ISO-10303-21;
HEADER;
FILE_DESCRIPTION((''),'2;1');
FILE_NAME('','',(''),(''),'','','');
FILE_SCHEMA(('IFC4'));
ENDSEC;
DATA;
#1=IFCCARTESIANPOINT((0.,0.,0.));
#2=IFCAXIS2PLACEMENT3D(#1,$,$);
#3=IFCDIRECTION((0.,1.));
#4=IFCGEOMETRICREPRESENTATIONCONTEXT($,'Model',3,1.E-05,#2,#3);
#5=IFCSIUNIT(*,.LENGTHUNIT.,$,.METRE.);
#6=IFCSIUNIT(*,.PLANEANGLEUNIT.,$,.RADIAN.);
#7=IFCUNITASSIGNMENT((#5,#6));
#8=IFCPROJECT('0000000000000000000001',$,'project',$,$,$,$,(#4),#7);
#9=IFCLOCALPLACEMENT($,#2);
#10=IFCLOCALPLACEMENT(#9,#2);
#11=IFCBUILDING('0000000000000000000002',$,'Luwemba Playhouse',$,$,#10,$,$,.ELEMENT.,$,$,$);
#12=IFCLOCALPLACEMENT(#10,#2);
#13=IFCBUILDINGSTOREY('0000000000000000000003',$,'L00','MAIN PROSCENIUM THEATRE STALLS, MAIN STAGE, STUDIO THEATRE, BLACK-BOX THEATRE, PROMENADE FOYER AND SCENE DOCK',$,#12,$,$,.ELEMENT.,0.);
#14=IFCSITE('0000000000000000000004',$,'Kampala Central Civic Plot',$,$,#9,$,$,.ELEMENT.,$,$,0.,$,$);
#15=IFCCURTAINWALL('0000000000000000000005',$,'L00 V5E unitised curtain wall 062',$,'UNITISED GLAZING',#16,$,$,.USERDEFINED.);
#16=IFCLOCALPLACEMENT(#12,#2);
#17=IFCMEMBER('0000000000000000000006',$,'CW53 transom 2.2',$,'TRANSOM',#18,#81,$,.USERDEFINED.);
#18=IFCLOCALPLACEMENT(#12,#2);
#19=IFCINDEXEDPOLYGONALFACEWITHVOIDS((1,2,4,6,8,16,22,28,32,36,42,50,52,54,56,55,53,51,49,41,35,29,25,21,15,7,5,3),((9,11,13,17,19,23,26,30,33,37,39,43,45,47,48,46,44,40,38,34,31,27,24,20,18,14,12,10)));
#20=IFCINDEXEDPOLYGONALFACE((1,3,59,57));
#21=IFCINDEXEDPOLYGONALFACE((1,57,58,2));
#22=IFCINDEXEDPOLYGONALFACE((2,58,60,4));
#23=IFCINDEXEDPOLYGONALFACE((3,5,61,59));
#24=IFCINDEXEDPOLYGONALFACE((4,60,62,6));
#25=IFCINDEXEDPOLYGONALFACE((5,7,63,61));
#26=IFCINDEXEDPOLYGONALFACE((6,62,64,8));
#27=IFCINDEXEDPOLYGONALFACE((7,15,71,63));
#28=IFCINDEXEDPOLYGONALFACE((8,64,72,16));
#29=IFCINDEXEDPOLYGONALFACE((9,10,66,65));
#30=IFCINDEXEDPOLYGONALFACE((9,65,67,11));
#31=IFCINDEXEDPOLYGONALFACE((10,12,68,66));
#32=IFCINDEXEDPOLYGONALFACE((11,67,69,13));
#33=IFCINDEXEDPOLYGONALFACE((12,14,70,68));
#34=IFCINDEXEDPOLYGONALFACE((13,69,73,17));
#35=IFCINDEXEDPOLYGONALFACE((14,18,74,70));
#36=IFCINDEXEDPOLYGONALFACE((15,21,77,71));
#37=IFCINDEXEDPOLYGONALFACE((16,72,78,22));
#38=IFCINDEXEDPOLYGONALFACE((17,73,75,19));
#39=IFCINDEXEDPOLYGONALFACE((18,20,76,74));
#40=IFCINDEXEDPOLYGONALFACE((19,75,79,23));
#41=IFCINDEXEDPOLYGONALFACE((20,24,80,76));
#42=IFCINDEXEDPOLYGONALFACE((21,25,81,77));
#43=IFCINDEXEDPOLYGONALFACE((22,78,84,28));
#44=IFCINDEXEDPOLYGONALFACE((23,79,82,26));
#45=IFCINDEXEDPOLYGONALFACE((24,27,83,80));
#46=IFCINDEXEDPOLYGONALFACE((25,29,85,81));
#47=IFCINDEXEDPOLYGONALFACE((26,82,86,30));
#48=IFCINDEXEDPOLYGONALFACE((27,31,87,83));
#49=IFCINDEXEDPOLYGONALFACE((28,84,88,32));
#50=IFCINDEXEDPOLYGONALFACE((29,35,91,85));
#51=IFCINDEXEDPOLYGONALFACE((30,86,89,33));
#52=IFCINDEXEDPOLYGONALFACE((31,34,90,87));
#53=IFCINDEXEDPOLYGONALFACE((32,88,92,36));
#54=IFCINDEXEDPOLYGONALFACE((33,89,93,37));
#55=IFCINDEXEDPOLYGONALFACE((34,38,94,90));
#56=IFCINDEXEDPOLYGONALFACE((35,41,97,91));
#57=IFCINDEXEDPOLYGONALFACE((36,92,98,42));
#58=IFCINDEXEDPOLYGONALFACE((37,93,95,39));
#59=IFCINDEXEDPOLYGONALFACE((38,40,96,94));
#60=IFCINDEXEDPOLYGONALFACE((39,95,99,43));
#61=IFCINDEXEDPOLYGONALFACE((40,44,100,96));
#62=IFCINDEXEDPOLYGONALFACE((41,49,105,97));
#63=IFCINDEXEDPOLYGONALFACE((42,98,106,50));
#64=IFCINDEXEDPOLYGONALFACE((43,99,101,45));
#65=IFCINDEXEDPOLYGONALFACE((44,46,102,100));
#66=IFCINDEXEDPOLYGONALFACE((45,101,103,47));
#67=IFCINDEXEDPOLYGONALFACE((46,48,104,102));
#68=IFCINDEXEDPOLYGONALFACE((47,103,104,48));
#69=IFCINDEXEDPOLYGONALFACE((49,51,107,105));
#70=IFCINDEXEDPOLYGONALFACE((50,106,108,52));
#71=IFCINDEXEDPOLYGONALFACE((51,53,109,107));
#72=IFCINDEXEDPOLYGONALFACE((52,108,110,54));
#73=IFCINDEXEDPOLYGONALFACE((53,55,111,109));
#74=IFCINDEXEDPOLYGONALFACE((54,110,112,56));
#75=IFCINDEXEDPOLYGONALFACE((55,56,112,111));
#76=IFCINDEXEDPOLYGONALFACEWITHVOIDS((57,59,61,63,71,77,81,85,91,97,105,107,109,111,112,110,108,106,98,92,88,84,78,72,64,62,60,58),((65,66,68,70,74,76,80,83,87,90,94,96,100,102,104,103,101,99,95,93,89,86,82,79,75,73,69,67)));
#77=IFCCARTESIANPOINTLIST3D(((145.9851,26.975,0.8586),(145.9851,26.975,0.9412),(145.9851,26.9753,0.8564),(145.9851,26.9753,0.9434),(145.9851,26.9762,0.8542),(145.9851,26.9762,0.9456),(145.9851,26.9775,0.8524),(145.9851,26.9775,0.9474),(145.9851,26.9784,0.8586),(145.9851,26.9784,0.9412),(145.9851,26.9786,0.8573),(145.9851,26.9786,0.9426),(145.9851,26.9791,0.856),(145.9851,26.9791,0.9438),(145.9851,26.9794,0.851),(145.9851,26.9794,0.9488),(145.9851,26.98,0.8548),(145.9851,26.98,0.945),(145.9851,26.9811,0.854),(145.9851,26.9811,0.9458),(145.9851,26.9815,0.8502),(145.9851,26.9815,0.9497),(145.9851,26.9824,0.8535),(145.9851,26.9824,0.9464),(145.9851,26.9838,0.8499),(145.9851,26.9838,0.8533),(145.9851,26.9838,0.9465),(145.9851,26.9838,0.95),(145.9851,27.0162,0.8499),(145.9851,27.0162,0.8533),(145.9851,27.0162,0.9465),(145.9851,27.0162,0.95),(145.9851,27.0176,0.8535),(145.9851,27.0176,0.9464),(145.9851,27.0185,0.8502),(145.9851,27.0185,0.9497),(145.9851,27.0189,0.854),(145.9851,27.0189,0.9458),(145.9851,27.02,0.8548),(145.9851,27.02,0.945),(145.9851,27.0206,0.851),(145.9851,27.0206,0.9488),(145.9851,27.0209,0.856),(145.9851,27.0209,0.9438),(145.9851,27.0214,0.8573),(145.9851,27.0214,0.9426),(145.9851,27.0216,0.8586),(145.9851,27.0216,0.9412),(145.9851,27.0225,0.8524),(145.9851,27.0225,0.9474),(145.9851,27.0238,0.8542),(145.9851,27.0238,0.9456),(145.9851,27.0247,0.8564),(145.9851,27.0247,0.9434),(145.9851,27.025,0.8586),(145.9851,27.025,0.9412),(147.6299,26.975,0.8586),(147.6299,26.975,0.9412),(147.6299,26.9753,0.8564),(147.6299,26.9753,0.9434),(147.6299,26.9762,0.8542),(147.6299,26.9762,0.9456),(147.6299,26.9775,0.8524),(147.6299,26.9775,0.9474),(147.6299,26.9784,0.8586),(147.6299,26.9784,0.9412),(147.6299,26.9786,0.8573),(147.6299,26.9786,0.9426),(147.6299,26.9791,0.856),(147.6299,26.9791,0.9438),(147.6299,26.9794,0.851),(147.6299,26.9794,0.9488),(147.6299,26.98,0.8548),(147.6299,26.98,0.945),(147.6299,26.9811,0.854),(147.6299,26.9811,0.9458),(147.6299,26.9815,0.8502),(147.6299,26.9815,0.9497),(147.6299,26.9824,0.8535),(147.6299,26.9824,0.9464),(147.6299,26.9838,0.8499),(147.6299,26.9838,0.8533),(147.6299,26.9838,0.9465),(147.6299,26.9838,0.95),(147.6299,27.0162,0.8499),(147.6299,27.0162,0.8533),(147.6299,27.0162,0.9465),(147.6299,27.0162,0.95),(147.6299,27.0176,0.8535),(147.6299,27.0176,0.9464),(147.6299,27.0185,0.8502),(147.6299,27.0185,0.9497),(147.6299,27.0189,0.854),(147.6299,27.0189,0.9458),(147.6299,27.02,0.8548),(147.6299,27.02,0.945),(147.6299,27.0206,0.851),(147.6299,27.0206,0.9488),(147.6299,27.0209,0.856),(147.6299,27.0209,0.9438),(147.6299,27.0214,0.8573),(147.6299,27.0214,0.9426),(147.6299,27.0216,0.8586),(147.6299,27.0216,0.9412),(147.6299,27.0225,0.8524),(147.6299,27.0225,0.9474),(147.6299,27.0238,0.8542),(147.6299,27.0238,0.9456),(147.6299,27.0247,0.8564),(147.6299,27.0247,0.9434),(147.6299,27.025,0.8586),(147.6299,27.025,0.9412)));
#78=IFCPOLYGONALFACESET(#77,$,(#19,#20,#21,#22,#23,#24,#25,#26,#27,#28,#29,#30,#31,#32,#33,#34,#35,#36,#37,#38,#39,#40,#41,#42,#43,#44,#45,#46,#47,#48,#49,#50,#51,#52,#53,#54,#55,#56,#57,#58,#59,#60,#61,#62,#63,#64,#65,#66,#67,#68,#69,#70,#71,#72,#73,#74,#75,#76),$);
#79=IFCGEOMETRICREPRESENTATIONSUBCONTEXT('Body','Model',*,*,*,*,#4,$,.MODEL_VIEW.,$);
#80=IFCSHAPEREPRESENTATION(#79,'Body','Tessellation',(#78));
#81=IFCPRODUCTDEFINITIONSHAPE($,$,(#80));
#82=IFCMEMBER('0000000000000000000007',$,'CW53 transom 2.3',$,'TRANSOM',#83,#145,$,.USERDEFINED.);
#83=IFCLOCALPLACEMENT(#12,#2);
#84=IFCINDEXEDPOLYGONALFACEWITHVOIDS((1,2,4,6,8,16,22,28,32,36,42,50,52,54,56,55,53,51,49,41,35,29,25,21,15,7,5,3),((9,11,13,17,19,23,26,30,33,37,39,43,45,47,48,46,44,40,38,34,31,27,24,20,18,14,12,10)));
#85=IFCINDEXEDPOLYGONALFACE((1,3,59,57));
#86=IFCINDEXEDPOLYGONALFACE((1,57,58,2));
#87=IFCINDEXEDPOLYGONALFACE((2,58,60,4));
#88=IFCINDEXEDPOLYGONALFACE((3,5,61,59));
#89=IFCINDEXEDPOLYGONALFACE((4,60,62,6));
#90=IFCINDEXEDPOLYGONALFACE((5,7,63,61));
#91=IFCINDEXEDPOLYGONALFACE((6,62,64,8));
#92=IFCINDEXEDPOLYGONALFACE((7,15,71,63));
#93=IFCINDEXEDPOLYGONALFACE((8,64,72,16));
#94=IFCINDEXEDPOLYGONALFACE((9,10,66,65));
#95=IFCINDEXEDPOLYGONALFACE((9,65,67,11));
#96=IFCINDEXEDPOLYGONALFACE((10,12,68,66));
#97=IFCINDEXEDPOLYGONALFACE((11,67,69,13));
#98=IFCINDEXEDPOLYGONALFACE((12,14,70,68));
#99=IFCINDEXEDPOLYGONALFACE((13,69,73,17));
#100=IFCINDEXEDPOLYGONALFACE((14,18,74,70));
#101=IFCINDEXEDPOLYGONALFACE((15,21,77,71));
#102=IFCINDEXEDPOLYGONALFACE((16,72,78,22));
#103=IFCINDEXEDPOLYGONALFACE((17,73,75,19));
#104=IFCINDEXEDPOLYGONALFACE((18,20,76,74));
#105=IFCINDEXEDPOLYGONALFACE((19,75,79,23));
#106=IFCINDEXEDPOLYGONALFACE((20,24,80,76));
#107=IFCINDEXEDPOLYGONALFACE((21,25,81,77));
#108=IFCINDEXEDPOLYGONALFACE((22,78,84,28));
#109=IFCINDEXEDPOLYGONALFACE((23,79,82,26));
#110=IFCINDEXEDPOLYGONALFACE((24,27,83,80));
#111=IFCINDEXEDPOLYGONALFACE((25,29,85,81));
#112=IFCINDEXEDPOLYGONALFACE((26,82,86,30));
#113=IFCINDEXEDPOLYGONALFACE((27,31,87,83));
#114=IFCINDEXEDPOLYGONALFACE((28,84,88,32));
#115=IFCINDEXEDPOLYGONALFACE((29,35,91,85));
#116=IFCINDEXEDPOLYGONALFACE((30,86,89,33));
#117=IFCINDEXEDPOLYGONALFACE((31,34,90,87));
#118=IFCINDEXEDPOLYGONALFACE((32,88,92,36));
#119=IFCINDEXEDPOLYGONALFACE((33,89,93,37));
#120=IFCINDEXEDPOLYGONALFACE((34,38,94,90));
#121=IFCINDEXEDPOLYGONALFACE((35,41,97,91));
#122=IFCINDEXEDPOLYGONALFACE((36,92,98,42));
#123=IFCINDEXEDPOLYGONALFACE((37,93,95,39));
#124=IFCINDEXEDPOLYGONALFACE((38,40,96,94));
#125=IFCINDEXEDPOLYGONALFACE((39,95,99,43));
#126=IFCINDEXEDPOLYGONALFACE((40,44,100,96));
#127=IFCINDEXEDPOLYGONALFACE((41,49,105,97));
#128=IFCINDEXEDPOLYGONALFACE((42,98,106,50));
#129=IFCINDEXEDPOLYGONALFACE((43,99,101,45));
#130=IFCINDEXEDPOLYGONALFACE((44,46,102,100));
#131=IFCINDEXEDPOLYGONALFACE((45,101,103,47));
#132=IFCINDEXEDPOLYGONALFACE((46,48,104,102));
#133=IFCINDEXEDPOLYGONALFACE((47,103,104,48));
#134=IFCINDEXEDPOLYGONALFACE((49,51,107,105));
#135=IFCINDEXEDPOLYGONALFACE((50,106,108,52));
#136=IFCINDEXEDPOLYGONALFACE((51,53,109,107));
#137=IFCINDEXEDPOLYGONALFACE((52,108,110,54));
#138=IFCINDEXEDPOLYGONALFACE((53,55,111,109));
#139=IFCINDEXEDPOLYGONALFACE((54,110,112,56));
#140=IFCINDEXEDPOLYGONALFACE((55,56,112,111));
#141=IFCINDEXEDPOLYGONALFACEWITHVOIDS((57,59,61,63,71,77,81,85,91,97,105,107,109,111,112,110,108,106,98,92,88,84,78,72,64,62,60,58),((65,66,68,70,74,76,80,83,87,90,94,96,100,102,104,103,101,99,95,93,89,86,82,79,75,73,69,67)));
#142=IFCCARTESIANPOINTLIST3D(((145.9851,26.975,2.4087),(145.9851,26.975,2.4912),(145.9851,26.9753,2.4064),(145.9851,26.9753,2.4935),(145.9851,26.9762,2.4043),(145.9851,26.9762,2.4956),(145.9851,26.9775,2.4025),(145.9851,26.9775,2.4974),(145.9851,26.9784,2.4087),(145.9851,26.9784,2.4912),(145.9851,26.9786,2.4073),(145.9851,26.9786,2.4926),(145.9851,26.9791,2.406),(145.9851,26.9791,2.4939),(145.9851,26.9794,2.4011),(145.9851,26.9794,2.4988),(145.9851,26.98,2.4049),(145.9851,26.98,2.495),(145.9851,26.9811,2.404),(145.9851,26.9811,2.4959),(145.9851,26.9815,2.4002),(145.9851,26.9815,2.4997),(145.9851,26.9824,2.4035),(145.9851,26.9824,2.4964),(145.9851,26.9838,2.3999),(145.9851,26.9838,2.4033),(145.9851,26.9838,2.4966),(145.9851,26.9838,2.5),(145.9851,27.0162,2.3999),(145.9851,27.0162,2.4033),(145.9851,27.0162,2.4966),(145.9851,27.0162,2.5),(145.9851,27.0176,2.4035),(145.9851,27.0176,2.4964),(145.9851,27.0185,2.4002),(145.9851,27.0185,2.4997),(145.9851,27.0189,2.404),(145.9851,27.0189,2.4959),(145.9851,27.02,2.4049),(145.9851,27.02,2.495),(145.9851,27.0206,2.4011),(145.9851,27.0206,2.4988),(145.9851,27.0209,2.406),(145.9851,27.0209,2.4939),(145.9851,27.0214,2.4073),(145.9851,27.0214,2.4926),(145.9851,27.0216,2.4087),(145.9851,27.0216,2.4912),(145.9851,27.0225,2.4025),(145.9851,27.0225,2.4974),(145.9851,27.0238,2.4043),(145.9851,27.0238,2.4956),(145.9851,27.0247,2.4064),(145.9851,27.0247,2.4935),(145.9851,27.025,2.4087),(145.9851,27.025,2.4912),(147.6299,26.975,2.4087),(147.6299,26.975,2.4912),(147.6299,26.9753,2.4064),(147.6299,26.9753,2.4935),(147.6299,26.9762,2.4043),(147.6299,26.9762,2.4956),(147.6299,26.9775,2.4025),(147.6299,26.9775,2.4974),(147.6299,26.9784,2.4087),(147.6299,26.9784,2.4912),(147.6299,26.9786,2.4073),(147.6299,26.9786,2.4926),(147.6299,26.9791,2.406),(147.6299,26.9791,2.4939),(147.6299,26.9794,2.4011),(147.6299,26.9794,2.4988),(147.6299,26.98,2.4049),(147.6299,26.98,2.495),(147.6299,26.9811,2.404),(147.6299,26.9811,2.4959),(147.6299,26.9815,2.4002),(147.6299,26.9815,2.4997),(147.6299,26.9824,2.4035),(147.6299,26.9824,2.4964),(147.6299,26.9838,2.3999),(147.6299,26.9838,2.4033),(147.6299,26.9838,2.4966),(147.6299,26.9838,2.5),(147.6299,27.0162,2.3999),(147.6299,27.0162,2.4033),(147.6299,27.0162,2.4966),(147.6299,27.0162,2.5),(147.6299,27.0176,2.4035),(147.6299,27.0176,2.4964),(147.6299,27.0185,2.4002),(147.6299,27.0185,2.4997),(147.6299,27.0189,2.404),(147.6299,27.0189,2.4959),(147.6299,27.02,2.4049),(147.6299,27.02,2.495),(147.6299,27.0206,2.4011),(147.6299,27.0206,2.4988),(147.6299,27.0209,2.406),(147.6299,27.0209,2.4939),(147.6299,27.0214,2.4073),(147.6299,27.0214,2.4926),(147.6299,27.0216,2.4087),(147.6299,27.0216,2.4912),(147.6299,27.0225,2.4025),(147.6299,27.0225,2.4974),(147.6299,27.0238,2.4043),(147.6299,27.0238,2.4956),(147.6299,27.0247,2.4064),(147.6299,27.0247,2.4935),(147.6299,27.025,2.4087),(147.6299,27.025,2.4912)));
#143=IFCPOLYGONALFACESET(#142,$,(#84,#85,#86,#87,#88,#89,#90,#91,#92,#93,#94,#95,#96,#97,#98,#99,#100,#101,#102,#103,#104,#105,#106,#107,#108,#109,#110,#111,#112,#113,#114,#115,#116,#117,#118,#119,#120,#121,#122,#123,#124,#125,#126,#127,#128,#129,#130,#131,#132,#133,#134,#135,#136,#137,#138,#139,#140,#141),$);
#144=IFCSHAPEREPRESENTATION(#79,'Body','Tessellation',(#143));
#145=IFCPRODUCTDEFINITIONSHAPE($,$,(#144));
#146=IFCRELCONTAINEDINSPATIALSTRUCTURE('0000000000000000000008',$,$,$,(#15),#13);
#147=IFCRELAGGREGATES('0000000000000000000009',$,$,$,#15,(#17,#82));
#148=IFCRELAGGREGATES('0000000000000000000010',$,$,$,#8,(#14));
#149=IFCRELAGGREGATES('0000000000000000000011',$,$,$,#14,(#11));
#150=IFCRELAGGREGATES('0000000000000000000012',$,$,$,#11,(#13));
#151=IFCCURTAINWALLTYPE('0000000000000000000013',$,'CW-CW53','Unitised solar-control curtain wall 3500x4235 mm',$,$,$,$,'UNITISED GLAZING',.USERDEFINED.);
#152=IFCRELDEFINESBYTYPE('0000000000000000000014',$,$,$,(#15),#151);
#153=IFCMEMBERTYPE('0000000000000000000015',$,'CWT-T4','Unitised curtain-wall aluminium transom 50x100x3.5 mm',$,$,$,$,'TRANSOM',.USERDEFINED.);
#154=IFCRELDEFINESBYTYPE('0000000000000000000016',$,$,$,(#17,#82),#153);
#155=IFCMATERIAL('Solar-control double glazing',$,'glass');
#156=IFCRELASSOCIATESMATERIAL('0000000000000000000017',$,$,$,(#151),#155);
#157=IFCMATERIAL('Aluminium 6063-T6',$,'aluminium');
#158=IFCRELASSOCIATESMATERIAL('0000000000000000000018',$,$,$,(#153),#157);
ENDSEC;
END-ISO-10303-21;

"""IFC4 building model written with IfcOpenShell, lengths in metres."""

from ifc_helpers import new_model, si_unit, direction, frame, origin, origin_2d, place, context, subcontext, project, spatial, hollow_rectangle, extrude, material, material_profile, profile_set, type_object, element, aggregate, save


model = new_model("IFC4")

# Units and contexts
model_context = context("Model", 3, precision=1e-05, world=origin(), true_north=direction((0.0, 1.0)))
body_context = subcontext(model_context, "Body", "Model", "MODEL_VIEW")
ifc_project = project(units=[si_unit("LENGTHUNIT", "METRE"), si_unit("PLANEANGLEUNIT", "RADIAN")], contexts=[model_context])

# Site, building, storey
site_placement = place(None, origin())
site = spatial("IfcSite", under=ifc_project, at=site_placement, Name="Kampala Central Civic Plot", CompositionType="ELEMENT", RefElevation=0.0)
building_placement = place(site_placement, origin())
building = spatial("IfcBuilding", under=site, at=building_placement, Name="Luwemba Playhouse", CompositionType="ELEMENT")
storey_placement = place(building_placement, origin())
storey = spatial("IfcBuildingStorey", under=building, at=storey_placement, Name="L00", Description="MAIN PROSCENIUM THEATRE STALLS, MAIN STAGE, STUDIO THEATRE, BLACK-BOX THEATRE, PROMENADE FOYER AND SCENE DOCK", CompositionType="ELEMENT", Elevation=0.0)

# Curtain wall, members
ifc_material_1 = material(Name="Solar-control double glazing", Category="glass")
curtain_wall_type = type_object("IfcCurtainWallType", Name="CW-CW53", Description="Unitised solar-control curtain wall 3500x4235 mm", ElementType="UNITISED GLAZING", PredefinedType="USERDEFINED", material=ifc_material_1)
curtain_wall_placement = place(storey_placement, origin())
curtain_wall = element("IfcCurtainWall", 1, at=curtain_wall_placement, inside=storey, type_object=curtain_wall_type, Name="L00 V5E unitised curtain wall 062", ObjectType="UNITISED GLAZING", PredefinedType="USERDEFINED")
ifc_material_2 = material(Name="Aluminium 6063-T6", Category="aluminium")
ifc_material_profile_1 = material_profile(ifc_material_2, hollow_rectangle(XDim=0.05, YDim=0.1001, WallThickness=0.0034, InnerFilletRadius=0.0054, OuterFilletRadius=0.0088, at=origin_2d()))
ifc_profile_set_1 = profile_set([ifc_material_profile_1], Name="Aluminium 6063-T6")
member_type_1 = type_object("IfcMemberType", Name="CWT-T4", Description="Unitised curtain-wall aluminium transom 50x100x3.5 mm", ElementType="TRANSOM", PredefinedType="USERDEFINED", material=ifc_profile_set_1)
member_1_placement = place(storey_placement, frame((145.9851, 27.0, 0.8999), z_axis=(1.0, 0.0, 0.0), x_axis=(0.0, 1.0, 0.0)))
member_1 = element("IfcMember", 2, at=member_1_placement, type_object=member_type_1, Name="CW53 transom 2.2", ObjectType="TRANSOM", PredefinedType="USERDEFINED", context=body_context, shape_type="SweptSolid", body=[
    extrude(hollow_rectangle(XDim=0.05, YDim=0.1001, WallThickness=0.0034, InnerFilletRadius=0.0054, OuterFilletRadius=0.0088, at=origin_2d()), origin(), (0.0, 0.0, 1.0), 1.6448),
])
member_2_placement = place(storey_placement, frame((145.9851, 27.0, 2.45), z_axis=(1.0, 0.0, 0.0), x_axis=(0.0, 1.0, 0.0)))
member_2 = element("IfcMember", 3, at=member_2_placement, type_object=member_type_1, Name="CW53 transom 2.3", ObjectType="TRANSOM", PredefinedType="USERDEFINED", context=body_context, shape_type="SweptSolid", body=[
    extrude(hollow_rectangle(XDim=0.05, YDim=0.1001, WallThickness=0.0034, InnerFilletRadius=0.0054, OuterFilletRadius=0.0088, at=origin_2d()), origin(), (0.0, 0.0, 1.0), 1.6448),
])
aggregate(curtain_wall, [member_1, member_2])

save(model, "model.ifc")
